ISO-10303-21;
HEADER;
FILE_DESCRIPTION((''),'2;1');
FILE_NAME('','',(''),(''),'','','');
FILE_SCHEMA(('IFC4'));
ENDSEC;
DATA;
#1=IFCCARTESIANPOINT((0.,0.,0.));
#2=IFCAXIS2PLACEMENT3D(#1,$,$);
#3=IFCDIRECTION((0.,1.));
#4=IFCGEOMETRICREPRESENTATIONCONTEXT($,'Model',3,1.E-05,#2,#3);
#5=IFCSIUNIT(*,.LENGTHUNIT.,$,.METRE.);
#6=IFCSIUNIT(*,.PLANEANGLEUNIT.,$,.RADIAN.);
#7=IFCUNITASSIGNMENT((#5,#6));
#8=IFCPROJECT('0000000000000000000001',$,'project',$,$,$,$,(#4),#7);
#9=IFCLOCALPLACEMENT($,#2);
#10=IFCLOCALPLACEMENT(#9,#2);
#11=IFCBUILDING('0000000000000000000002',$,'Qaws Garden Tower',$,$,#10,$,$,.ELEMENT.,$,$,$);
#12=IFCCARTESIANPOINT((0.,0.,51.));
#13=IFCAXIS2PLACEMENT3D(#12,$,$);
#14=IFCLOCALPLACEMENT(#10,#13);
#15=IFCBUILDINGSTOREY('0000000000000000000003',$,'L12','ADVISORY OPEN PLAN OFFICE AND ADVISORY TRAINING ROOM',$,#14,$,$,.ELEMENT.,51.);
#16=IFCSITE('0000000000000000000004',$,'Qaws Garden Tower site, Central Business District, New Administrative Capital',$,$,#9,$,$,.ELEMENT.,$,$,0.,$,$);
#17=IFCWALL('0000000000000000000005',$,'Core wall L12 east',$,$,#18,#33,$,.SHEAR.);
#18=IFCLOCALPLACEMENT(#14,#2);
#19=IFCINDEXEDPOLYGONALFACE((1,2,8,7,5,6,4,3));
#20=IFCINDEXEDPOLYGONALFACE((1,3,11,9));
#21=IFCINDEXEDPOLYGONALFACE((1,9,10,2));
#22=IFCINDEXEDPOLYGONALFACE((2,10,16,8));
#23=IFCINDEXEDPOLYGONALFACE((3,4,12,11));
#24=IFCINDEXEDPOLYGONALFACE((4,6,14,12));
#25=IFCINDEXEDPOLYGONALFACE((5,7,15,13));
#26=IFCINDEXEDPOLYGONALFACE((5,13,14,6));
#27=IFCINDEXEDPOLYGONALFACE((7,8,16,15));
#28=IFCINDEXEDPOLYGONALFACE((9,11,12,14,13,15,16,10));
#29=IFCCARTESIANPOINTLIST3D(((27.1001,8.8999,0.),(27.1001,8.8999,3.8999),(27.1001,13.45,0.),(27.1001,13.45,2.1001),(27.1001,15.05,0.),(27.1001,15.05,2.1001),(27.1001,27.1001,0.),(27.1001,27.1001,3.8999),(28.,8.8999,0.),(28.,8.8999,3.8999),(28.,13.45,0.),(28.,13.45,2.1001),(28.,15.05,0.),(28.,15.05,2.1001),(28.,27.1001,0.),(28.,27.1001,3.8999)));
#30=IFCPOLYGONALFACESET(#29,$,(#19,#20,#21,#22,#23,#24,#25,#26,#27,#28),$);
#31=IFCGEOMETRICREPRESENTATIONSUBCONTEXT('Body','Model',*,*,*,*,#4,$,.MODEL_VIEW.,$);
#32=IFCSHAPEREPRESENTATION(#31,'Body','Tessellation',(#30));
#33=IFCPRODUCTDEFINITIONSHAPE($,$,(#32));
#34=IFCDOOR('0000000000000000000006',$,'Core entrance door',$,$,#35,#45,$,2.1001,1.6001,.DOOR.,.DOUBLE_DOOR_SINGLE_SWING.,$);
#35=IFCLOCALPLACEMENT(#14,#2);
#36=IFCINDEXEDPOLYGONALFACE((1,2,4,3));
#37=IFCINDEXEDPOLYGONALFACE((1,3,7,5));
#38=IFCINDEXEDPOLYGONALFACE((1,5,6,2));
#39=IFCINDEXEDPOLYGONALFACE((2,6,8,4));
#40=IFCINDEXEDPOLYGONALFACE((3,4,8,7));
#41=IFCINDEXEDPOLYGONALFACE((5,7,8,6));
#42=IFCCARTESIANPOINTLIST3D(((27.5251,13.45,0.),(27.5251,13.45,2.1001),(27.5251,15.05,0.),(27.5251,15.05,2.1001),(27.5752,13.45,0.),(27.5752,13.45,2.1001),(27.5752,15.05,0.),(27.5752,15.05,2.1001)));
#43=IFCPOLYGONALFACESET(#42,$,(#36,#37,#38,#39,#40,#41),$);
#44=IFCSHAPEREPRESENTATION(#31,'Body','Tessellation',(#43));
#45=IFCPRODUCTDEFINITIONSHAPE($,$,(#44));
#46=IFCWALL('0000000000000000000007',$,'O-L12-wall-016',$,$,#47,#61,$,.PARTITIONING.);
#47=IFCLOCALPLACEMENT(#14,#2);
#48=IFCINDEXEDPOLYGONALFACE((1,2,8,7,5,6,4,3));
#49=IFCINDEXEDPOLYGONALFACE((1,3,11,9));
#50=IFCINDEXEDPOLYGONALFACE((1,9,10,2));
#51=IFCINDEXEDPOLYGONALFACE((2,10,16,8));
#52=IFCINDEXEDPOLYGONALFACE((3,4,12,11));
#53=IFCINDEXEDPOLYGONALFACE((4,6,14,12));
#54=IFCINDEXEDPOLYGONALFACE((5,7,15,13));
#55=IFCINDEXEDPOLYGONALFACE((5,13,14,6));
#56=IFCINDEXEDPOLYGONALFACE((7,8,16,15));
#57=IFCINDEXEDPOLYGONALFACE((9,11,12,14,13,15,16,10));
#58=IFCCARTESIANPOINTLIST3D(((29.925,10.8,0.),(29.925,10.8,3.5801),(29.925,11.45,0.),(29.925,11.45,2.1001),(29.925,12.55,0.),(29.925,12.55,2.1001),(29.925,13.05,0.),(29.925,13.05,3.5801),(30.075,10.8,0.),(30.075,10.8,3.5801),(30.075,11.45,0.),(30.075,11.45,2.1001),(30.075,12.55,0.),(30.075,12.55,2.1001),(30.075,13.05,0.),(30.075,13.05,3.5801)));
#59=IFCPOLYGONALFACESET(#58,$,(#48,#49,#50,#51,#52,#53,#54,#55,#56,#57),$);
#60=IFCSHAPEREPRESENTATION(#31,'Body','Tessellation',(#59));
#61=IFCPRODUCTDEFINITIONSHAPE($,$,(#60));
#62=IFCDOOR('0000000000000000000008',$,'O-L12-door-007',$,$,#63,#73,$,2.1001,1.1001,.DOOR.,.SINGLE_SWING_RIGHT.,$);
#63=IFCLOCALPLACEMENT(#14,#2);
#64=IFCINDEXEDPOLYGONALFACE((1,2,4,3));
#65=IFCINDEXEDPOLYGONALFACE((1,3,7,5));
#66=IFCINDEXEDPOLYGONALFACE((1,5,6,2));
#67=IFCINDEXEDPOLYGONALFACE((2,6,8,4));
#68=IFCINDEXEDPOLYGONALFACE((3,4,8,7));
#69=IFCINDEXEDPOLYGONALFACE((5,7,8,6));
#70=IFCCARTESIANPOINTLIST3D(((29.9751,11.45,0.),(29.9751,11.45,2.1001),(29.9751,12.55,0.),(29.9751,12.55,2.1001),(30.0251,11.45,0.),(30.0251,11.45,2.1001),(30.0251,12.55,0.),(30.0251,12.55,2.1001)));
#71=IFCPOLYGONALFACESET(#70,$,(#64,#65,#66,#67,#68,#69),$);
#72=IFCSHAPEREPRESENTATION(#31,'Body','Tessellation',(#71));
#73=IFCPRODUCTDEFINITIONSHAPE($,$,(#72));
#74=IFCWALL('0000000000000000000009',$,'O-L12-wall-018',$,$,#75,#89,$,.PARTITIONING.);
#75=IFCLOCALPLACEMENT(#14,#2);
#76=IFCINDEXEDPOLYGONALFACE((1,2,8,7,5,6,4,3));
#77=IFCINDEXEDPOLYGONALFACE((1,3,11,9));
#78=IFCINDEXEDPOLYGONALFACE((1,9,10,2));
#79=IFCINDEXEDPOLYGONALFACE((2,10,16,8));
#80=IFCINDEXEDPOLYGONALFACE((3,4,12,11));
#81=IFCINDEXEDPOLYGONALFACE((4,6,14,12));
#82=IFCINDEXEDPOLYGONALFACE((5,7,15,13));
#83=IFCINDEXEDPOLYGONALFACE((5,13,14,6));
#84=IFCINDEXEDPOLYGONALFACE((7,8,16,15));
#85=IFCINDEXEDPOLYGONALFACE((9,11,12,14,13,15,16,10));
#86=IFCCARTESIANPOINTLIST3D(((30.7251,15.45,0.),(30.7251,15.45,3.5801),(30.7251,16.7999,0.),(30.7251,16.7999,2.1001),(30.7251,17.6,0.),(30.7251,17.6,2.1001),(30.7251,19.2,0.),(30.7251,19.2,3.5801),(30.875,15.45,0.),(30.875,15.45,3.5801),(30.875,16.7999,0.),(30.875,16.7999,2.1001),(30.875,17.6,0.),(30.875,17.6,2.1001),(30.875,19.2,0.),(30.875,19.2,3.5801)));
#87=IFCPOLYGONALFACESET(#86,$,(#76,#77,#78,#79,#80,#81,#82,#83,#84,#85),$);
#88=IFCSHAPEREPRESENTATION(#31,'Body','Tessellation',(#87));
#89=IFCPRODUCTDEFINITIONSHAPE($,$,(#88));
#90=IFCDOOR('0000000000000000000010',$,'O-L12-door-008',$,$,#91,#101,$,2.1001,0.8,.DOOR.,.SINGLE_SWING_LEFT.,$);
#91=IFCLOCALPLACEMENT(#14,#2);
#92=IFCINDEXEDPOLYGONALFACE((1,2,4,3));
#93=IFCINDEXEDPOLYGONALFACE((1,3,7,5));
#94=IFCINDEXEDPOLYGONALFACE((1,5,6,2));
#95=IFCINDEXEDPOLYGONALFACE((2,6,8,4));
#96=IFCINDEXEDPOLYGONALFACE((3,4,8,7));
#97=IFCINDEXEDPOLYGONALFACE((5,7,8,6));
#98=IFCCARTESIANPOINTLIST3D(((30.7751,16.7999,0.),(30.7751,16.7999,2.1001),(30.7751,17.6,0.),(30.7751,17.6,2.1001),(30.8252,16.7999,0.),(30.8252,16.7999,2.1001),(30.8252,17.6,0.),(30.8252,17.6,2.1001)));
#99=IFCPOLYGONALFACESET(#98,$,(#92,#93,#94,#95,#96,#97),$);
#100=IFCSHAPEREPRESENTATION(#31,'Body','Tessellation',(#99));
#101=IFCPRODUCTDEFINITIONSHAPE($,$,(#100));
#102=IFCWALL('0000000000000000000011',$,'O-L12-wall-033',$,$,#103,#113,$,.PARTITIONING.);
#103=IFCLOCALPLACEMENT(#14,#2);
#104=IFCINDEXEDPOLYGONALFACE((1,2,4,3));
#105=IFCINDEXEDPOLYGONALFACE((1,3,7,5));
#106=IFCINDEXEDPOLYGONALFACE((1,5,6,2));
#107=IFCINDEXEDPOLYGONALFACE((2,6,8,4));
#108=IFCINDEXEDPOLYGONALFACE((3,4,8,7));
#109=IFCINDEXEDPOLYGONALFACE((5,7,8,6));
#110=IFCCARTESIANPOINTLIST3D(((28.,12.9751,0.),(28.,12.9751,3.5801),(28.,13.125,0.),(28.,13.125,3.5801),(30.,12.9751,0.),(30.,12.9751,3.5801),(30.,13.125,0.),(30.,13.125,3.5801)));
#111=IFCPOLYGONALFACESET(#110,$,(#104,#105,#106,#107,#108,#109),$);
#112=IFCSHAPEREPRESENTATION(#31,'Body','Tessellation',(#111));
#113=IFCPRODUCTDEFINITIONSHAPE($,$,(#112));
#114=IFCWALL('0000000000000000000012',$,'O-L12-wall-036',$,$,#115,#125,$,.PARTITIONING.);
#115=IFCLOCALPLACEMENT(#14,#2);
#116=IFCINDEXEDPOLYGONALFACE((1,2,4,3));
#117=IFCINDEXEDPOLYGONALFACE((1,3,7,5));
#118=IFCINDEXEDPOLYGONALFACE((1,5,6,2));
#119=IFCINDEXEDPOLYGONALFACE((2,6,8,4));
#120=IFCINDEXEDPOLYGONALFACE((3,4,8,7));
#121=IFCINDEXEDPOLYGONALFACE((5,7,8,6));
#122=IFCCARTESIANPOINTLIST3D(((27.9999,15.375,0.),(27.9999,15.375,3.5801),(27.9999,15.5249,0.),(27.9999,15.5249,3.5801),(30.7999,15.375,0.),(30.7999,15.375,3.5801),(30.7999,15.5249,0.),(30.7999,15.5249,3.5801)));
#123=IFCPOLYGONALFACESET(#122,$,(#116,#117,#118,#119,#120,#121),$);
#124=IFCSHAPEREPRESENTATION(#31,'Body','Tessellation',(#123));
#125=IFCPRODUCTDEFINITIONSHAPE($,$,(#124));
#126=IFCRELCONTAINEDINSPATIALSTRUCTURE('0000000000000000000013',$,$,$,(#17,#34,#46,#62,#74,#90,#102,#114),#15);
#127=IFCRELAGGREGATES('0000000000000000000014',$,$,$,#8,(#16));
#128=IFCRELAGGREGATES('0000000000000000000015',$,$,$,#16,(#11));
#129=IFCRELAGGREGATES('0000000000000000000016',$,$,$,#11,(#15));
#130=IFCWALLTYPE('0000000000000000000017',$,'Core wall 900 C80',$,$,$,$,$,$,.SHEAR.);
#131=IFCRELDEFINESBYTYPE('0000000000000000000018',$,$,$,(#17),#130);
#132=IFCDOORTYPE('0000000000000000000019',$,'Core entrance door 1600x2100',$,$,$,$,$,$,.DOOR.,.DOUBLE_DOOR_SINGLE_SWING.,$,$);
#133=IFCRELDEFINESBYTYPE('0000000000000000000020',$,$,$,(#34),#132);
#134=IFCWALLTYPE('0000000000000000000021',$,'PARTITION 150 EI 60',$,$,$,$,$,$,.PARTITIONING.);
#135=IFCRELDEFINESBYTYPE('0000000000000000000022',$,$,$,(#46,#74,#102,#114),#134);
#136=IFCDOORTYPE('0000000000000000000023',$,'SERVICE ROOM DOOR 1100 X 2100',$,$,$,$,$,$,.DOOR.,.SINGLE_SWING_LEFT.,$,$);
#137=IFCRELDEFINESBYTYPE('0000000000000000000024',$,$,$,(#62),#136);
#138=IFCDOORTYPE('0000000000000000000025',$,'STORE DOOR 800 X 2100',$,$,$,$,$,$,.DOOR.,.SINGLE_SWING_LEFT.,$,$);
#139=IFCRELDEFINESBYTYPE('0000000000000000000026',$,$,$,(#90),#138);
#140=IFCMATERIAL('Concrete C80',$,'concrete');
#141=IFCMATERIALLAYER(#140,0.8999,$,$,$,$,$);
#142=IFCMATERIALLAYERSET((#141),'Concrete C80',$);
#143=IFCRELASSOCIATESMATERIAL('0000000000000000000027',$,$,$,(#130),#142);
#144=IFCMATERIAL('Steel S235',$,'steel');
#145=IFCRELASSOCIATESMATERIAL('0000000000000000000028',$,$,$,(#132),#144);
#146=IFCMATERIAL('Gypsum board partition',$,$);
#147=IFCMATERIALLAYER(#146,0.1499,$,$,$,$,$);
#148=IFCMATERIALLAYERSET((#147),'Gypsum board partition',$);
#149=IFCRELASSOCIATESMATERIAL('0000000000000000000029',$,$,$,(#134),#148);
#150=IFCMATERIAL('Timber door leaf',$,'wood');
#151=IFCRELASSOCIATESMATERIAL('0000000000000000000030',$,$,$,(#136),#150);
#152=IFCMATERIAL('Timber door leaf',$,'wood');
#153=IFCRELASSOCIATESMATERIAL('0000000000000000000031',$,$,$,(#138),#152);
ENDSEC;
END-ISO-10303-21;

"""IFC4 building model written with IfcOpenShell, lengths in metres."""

from ifc_helpers import new_model, si_unit, direction, frame, frame_2d, origin, place, context, subcontext, project, spatial, rectangle, extrude, material, layer, layer_set, type_object, element, fill, save


model = new_model("IFC4")

# Units and contexts
model_context = context("Model", 3, precision=1e-05, world=origin(), true_north=direction((0.0, 1.0)))
body_context = subcontext(model_context, "Body", "Model", "MODEL_VIEW")
ifc_project = project(units=[si_unit("LENGTHUNIT", "METRE"), si_unit("PLANEANGLEUNIT", "RADIAN")], contexts=[model_context])

# Site, building, storey
site_placement = place(None, origin())
site = spatial("IfcSite", under=ifc_project, at=site_placement, Name="Qaws Garden Tower site, Central Business District, New Administrative Capital", CompositionType="ELEMENT", RefElevation=0.0)
building_placement = place(site_placement, origin())
building = spatial("IfcBuilding", under=site, at=building_placement, Name="Qaws Garden Tower", CompositionType="ELEMENT")
storey_placement = place(building_placement, frame((0.0, 0.0, 51.0)))
storey = spatial("IfcBuildingStorey", under=building, at=storey_placement, Name="L12", Description="ADVISORY OPEN PLAN OFFICE AND ADVISORY TRAINING ROOM", CompositionType="ELEMENT", Elevation=51.0)

# Walls, openings, doors
ifc_material_1 = material(Name="Concrete C80", Category="concrete")
ifc_layer_1 = layer(ifc_material_1, 0.8999)
ifc_layer_set_1 = layer_set([ifc_layer_1], Name="Concrete C80")
wall_type_1 = type_object("IfcWallType", Name="Core wall 900 C80", PredefinedType="SHEAR", material=ifc_layer_set_1)
wall_1_placement = place(storey_placement, frame((27.55, 8.8999, 0.0), z_axis=(0.0, 0.0, 1.0), x_axis=(0.0, 1.0, 0.0)))
wall_1 = element("IfcWall", 1, at=wall_1_placement, inside=storey, type_object=wall_type_1, Name="Core wall L12 east", PredefinedType="SHEAR", context=body_context, shape_type="SweptSolid", body=[
    extrude(rectangle(XDim=18.2002, YDim=0.8999, at=frame_2d((9.1001, 0.0))), origin(), (0.0, 0.0, 1.0), 3.8999),
])
opening_1_placement = place(wall_1_placement, frame((4.55, 0.0, 0.0)))
opening_1 = element("IfcOpeningElement", 2, at=opening_1_placement, cuts=wall_1, PredefinedType="OPENING", context=body_context, shape_type="SweptSolid", body=[
    extrude(rectangle(XDim=1.6001, YDim=2.1001, at=frame_2d((0.8, 1.05))), frame((0.0, 0.46, 0.0), z_axis=(0.0, -1.0, 0.0), x_axis=(1.0, 0.0, 0.0)), (0.0, 0.0, 1.0), 0.9199),
])
ifc_material_2 = material(Name="Steel S235", Category="steel")
door_type_1 = type_object("IfcDoorType", Name="Core entrance door 1600x2100", OperationType="DOUBLE_DOOR_SINGLE_SWING", PredefinedType="DOOR", material=ifc_material_2)
door_1_placement = place(opening_1_placement, origin())
door_1 = element("IfcDoor", 3, at=door_1_placement, inside=storey, type_object=door_type_1, Name="Core entrance door", OperationType="DOUBLE_DOOR_SINGLE_SWING", OverallHeight=2.1001, OverallWidth=1.6001, PredefinedType="DOOR", context=body_context, shape_type="SweptSolid", body=[
    extrude(rectangle(XDim=1.6001, YDim=2.1001, at=frame_2d((0.8, 1.05))), frame((0.0, 0.0249, 0.0), z_axis=(0.0, -1.0, 0.0), x_axis=(1.0, 0.0, 0.0)), (0.0, 0.0, 1.0), 0.05),
])
fill(opening_1, door_1)
ifc_material_3 = material(Name="Gypsum board partition")
ifc_layer_2 = layer(ifc_material_3, 0.1499)
ifc_layer_set_2 = layer_set([ifc_layer_2], Name="Gypsum board partition")
wall_type_2 = type_object("IfcWallType", Name="PARTITION 150 EI 60", PredefinedType="PARTITIONING", material=ifc_layer_set_2)
wall_2_placement = place(storey_placement, frame((30.0, 10.8, 0.0), z_axis=(0.0, 0.0, 1.0), x_axis=(0.0, 1.0, 0.0)))
wall_2 = element("IfcWall", 4, at=wall_2_placement, inside=storey, type_object=wall_type_2, Name="O-L12-wall-016", PredefinedType="PARTITIONING", context=body_context, shape_type="SweptSolid", body=[
    extrude(rectangle(XDim=2.25, YDim=0.1499, at=frame_2d((1.125, 0.0))), origin(), (0.0, 0.0, 1.0), 3.5801),
])
opening_2_placement = place(wall_2_placement, frame((0.6499, 0.0, 0.0)))
opening_2 = element("IfcOpeningElement", 5, at=opening_2_placement, cuts=wall_2, PredefinedType="OPENING", context=body_context, shape_type="SweptSolid", body=[
    extrude(rectangle(XDim=1.1001, YDim=2.1001, at=frame_2d((0.55, 1.05))), frame((0.0, 0.085, 0.0), z_axis=(0.0, -1.0, 0.0), x_axis=(1.0, 0.0, 0.0)), (0.0, 0.0, 1.0), 0.1699),
])
ifc_material_4 = material(Name="Timber door leaf", Category="wood")
door_type_2 = type_object("IfcDoorType", Name="SERVICE ROOM DOOR 1100 X 2100", OperationType="SINGLE_SWING_LEFT", PredefinedType="DOOR", material=ifc_material_4)
door_2_placement = place(opening_2_placement, origin())
door_2 = element("IfcDoor", 6, at=door_2_placement, inside=storey, type_object=door_type_2, Name="O-L12-door-007", OperationType="SINGLE_SWING_RIGHT", OverallHeight=2.1001, OverallWidth=1.1001, PredefinedType="DOOR", context=body_context, shape_type="SweptSolid", body=[
    extrude(rectangle(XDim=1.1001, YDim=2.1001, at=frame_2d((0.55, 1.05))), frame((0.0, 0.0249, 0.0), z_axis=(0.0, -1.0, 0.0), x_axis=(1.0, 0.0, 0.0)), (0.0, 0.0, 1.0), 0.05),
])
fill(opening_2, door_2)
wall_3_placement = place(storey_placement, frame((30.8, 15.45, 0.0), z_axis=(0.0, 0.0, 1.0), x_axis=(0.0, 1.0, 0.0)))
wall_3 = element("IfcWall", 7, at=wall_3_placement, inside=storey, type_object=wall_type_2, Name="O-L12-wall-018", PredefinedType="PARTITIONING", context=body_context, shape_type="SweptSolid", body=[
    extrude(rectangle(XDim=3.75, YDim=0.1499, at=frame_2d((1.875, 0.0))), origin(), (0.0, 0.0, 1.0), 3.5801),
])
opening_3_placement = place(wall_3_placement, frame((1.3501, 0.0, 0.0)))
opening_3 = element("IfcOpeningElement", 8, at=opening_3_placement, cuts=wall_3, PredefinedType="OPENING", context=body_context, shape_type="SweptSolid", body=[
    extrude(rectangle(XDim=0.8, YDim=2.1001, at=frame_2d((0.3999, 1.05))), frame((0.0, 0.085, 0.0), z_axis=(0.0, -1.0, 0.0), x_axis=(1.0, 0.0, 0.0)), (0.0, 0.0, 1.0), 0.1699),
])
ifc_material_5 = material(Name="Timber door leaf", Category="wood")
door_type_3 = type_object("IfcDoorType", Name="STORE DOOR 800 X 2100", OperationType="SINGLE_SWING_LEFT", PredefinedType="DOOR", material=ifc_material_5)
door_3_placement = place(opening_3_placement, origin())
door_3 = element("IfcDoor", 9, at=door_3_placement, inside=storey, type_object=door_type_3, Name="O-L12-door-008", OperationType="SINGLE_SWING_LEFT", OverallHeight=2.1001, OverallWidth=0.8, PredefinedType="DOOR", context=body_context, shape_type="SweptSolid", body=[
    extrude(rectangle(XDim=0.8, YDim=2.1001, at=frame_2d((0.3999, 1.05))), frame((0.0, 0.0249, 0.0), z_axis=(0.0, -1.0, 0.0), x_axis=(1.0, 0.0, 0.0)), (0.0, 0.0, 1.0), 0.05),
])
fill(opening_3, door_3)

# Walls
wall_4_placement = place(storey_placement, frame((28.0, 13.05, 0.0), z_axis=(0.0, 0.0, 1.0), x_axis=(1.0, 0.0, 0.0)))
element("IfcWall", 10, at=wall_4_placement, inside=storey, type_object=wall_type_2, Name="O-L12-wall-033", PredefinedType="PARTITIONING", context=body_context, shape_type="SweptSolid", body=[
    extrude(rectangle(XDim=2.0, YDim=0.1499, at=frame_2d((1.0, 0.0))), origin(), (0.0, 0.0, 1.0), 3.5801),
])
wall_5_placement = place(storey_placement, frame((28.0, 15.45, 0.0), z_axis=(0.0, 0.0, 1.0), x_axis=(1.0, 0.0, 0.0)))
element("IfcWall", 11, at=wall_5_placement, inside=storey, type_object=wall_type_2, Name="O-L12-wall-036", PredefinedType="PARTITIONING", context=body_context, shape_type="SweptSolid", body=[
    extrude(rectangle(XDim=2.8, YDim=0.1499, at=frame_2d((1.3999, 0.0))), origin(), (0.0, 0.0, 1.0), 3.5801),
])

save(model, "model.ifc")
